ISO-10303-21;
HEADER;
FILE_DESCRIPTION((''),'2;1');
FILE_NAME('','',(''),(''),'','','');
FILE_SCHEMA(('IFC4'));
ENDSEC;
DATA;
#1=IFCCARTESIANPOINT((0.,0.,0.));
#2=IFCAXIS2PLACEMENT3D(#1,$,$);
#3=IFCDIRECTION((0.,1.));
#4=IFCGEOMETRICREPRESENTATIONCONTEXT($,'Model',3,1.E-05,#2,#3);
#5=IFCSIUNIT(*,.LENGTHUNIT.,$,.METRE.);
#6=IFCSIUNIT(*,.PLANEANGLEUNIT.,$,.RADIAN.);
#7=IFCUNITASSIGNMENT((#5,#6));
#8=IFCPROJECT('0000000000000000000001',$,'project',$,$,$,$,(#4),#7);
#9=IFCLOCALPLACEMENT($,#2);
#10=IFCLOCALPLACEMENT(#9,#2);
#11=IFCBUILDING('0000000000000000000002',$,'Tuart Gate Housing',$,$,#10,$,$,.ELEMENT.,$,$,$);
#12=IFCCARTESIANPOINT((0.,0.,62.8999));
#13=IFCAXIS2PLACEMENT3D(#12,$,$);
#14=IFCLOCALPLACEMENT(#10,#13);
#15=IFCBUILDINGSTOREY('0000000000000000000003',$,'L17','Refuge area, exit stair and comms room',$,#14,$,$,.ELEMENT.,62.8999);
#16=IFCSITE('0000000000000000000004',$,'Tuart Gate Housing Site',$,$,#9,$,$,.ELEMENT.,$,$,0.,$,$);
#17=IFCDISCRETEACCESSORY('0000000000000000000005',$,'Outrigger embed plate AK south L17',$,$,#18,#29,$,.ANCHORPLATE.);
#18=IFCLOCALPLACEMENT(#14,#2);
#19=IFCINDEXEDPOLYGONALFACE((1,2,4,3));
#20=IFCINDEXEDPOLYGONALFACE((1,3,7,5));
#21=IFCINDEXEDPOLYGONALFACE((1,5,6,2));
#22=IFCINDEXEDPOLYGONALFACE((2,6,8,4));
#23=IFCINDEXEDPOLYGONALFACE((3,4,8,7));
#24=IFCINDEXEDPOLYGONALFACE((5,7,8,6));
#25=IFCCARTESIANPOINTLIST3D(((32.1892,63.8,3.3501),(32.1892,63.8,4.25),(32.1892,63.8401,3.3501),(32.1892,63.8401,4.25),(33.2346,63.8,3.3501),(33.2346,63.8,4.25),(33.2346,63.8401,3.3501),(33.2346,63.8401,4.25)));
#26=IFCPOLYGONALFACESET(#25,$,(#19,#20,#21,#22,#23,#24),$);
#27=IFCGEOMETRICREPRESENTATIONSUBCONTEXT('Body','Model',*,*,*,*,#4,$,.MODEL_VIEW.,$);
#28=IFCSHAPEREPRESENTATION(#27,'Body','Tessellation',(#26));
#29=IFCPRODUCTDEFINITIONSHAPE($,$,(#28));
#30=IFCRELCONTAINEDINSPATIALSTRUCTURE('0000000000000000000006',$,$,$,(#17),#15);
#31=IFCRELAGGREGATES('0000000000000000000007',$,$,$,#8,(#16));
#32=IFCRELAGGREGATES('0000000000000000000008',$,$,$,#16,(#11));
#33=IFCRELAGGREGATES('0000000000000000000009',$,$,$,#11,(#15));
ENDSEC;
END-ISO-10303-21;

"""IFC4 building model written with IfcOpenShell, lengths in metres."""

from ifc_helpers import new_model, si_unit, direction, frame, origin, origin_2d, place, context, subcontext, project, spatial, rectangle, extrude, element, save


model = new_model("IFC4")

# Units and contexts
model_context = context("Model", 3, precision=1e-05, world=origin(), true_north=direction((0.0, 1.0)))
body_context = subcontext(model_context, "Body", "Model", "MODEL_VIEW")
ifc_project = project(units=[si_unit("LENGTHUNIT", "METRE"), si_unit("PLANEANGLEUNIT", "RADIAN")], contexts=[model_context])

# Site, building, storey
site_placement = place(None, origin())
site = spatial("IfcSite", under=ifc_project, at=site_placement, Name="Tuart Gate Housing Site", CompositionType="ELEMENT", RefElevation=0.0)
building_placement = place(site_placement, origin())
building = spatial("IfcBuilding", under=site, at=building_placement, Name="Tuart Gate Housing", CompositionType="ELEMENT")
storey_placement = place(building_placement, frame((0.0, 0.0, 62.8999)))
storey = spatial("IfcBuildingStorey", under=building, at=storey_placement, Name="L17", Description="Refuge area, exit stair and comms room", CompositionType="ELEMENT", Elevation=62.8999)

# Discrete accessory
discrete_accessory_placement = place(storey_placement, frame((32.7119, 63.8201, 3.3501), z_axis=(0.0, 0.0, 1.0), x_axis=(1.0, 0.0, 0.0)))
element("IfcDiscreteAccessory", 1, at=discrete_accessory_placement, inside=storey, Name="Outrigger embed plate AK south L17", PredefinedType="ANCHORPLATE", context=body_context, shape_type="SweptSolid", body=[
    extrude(rectangle(XDim=1.0454, YDim=0.04, at=origin_2d()), origin(), (0.0, 0.0, 1.0), 0.8999),
])

save(model, "model.ifc")
